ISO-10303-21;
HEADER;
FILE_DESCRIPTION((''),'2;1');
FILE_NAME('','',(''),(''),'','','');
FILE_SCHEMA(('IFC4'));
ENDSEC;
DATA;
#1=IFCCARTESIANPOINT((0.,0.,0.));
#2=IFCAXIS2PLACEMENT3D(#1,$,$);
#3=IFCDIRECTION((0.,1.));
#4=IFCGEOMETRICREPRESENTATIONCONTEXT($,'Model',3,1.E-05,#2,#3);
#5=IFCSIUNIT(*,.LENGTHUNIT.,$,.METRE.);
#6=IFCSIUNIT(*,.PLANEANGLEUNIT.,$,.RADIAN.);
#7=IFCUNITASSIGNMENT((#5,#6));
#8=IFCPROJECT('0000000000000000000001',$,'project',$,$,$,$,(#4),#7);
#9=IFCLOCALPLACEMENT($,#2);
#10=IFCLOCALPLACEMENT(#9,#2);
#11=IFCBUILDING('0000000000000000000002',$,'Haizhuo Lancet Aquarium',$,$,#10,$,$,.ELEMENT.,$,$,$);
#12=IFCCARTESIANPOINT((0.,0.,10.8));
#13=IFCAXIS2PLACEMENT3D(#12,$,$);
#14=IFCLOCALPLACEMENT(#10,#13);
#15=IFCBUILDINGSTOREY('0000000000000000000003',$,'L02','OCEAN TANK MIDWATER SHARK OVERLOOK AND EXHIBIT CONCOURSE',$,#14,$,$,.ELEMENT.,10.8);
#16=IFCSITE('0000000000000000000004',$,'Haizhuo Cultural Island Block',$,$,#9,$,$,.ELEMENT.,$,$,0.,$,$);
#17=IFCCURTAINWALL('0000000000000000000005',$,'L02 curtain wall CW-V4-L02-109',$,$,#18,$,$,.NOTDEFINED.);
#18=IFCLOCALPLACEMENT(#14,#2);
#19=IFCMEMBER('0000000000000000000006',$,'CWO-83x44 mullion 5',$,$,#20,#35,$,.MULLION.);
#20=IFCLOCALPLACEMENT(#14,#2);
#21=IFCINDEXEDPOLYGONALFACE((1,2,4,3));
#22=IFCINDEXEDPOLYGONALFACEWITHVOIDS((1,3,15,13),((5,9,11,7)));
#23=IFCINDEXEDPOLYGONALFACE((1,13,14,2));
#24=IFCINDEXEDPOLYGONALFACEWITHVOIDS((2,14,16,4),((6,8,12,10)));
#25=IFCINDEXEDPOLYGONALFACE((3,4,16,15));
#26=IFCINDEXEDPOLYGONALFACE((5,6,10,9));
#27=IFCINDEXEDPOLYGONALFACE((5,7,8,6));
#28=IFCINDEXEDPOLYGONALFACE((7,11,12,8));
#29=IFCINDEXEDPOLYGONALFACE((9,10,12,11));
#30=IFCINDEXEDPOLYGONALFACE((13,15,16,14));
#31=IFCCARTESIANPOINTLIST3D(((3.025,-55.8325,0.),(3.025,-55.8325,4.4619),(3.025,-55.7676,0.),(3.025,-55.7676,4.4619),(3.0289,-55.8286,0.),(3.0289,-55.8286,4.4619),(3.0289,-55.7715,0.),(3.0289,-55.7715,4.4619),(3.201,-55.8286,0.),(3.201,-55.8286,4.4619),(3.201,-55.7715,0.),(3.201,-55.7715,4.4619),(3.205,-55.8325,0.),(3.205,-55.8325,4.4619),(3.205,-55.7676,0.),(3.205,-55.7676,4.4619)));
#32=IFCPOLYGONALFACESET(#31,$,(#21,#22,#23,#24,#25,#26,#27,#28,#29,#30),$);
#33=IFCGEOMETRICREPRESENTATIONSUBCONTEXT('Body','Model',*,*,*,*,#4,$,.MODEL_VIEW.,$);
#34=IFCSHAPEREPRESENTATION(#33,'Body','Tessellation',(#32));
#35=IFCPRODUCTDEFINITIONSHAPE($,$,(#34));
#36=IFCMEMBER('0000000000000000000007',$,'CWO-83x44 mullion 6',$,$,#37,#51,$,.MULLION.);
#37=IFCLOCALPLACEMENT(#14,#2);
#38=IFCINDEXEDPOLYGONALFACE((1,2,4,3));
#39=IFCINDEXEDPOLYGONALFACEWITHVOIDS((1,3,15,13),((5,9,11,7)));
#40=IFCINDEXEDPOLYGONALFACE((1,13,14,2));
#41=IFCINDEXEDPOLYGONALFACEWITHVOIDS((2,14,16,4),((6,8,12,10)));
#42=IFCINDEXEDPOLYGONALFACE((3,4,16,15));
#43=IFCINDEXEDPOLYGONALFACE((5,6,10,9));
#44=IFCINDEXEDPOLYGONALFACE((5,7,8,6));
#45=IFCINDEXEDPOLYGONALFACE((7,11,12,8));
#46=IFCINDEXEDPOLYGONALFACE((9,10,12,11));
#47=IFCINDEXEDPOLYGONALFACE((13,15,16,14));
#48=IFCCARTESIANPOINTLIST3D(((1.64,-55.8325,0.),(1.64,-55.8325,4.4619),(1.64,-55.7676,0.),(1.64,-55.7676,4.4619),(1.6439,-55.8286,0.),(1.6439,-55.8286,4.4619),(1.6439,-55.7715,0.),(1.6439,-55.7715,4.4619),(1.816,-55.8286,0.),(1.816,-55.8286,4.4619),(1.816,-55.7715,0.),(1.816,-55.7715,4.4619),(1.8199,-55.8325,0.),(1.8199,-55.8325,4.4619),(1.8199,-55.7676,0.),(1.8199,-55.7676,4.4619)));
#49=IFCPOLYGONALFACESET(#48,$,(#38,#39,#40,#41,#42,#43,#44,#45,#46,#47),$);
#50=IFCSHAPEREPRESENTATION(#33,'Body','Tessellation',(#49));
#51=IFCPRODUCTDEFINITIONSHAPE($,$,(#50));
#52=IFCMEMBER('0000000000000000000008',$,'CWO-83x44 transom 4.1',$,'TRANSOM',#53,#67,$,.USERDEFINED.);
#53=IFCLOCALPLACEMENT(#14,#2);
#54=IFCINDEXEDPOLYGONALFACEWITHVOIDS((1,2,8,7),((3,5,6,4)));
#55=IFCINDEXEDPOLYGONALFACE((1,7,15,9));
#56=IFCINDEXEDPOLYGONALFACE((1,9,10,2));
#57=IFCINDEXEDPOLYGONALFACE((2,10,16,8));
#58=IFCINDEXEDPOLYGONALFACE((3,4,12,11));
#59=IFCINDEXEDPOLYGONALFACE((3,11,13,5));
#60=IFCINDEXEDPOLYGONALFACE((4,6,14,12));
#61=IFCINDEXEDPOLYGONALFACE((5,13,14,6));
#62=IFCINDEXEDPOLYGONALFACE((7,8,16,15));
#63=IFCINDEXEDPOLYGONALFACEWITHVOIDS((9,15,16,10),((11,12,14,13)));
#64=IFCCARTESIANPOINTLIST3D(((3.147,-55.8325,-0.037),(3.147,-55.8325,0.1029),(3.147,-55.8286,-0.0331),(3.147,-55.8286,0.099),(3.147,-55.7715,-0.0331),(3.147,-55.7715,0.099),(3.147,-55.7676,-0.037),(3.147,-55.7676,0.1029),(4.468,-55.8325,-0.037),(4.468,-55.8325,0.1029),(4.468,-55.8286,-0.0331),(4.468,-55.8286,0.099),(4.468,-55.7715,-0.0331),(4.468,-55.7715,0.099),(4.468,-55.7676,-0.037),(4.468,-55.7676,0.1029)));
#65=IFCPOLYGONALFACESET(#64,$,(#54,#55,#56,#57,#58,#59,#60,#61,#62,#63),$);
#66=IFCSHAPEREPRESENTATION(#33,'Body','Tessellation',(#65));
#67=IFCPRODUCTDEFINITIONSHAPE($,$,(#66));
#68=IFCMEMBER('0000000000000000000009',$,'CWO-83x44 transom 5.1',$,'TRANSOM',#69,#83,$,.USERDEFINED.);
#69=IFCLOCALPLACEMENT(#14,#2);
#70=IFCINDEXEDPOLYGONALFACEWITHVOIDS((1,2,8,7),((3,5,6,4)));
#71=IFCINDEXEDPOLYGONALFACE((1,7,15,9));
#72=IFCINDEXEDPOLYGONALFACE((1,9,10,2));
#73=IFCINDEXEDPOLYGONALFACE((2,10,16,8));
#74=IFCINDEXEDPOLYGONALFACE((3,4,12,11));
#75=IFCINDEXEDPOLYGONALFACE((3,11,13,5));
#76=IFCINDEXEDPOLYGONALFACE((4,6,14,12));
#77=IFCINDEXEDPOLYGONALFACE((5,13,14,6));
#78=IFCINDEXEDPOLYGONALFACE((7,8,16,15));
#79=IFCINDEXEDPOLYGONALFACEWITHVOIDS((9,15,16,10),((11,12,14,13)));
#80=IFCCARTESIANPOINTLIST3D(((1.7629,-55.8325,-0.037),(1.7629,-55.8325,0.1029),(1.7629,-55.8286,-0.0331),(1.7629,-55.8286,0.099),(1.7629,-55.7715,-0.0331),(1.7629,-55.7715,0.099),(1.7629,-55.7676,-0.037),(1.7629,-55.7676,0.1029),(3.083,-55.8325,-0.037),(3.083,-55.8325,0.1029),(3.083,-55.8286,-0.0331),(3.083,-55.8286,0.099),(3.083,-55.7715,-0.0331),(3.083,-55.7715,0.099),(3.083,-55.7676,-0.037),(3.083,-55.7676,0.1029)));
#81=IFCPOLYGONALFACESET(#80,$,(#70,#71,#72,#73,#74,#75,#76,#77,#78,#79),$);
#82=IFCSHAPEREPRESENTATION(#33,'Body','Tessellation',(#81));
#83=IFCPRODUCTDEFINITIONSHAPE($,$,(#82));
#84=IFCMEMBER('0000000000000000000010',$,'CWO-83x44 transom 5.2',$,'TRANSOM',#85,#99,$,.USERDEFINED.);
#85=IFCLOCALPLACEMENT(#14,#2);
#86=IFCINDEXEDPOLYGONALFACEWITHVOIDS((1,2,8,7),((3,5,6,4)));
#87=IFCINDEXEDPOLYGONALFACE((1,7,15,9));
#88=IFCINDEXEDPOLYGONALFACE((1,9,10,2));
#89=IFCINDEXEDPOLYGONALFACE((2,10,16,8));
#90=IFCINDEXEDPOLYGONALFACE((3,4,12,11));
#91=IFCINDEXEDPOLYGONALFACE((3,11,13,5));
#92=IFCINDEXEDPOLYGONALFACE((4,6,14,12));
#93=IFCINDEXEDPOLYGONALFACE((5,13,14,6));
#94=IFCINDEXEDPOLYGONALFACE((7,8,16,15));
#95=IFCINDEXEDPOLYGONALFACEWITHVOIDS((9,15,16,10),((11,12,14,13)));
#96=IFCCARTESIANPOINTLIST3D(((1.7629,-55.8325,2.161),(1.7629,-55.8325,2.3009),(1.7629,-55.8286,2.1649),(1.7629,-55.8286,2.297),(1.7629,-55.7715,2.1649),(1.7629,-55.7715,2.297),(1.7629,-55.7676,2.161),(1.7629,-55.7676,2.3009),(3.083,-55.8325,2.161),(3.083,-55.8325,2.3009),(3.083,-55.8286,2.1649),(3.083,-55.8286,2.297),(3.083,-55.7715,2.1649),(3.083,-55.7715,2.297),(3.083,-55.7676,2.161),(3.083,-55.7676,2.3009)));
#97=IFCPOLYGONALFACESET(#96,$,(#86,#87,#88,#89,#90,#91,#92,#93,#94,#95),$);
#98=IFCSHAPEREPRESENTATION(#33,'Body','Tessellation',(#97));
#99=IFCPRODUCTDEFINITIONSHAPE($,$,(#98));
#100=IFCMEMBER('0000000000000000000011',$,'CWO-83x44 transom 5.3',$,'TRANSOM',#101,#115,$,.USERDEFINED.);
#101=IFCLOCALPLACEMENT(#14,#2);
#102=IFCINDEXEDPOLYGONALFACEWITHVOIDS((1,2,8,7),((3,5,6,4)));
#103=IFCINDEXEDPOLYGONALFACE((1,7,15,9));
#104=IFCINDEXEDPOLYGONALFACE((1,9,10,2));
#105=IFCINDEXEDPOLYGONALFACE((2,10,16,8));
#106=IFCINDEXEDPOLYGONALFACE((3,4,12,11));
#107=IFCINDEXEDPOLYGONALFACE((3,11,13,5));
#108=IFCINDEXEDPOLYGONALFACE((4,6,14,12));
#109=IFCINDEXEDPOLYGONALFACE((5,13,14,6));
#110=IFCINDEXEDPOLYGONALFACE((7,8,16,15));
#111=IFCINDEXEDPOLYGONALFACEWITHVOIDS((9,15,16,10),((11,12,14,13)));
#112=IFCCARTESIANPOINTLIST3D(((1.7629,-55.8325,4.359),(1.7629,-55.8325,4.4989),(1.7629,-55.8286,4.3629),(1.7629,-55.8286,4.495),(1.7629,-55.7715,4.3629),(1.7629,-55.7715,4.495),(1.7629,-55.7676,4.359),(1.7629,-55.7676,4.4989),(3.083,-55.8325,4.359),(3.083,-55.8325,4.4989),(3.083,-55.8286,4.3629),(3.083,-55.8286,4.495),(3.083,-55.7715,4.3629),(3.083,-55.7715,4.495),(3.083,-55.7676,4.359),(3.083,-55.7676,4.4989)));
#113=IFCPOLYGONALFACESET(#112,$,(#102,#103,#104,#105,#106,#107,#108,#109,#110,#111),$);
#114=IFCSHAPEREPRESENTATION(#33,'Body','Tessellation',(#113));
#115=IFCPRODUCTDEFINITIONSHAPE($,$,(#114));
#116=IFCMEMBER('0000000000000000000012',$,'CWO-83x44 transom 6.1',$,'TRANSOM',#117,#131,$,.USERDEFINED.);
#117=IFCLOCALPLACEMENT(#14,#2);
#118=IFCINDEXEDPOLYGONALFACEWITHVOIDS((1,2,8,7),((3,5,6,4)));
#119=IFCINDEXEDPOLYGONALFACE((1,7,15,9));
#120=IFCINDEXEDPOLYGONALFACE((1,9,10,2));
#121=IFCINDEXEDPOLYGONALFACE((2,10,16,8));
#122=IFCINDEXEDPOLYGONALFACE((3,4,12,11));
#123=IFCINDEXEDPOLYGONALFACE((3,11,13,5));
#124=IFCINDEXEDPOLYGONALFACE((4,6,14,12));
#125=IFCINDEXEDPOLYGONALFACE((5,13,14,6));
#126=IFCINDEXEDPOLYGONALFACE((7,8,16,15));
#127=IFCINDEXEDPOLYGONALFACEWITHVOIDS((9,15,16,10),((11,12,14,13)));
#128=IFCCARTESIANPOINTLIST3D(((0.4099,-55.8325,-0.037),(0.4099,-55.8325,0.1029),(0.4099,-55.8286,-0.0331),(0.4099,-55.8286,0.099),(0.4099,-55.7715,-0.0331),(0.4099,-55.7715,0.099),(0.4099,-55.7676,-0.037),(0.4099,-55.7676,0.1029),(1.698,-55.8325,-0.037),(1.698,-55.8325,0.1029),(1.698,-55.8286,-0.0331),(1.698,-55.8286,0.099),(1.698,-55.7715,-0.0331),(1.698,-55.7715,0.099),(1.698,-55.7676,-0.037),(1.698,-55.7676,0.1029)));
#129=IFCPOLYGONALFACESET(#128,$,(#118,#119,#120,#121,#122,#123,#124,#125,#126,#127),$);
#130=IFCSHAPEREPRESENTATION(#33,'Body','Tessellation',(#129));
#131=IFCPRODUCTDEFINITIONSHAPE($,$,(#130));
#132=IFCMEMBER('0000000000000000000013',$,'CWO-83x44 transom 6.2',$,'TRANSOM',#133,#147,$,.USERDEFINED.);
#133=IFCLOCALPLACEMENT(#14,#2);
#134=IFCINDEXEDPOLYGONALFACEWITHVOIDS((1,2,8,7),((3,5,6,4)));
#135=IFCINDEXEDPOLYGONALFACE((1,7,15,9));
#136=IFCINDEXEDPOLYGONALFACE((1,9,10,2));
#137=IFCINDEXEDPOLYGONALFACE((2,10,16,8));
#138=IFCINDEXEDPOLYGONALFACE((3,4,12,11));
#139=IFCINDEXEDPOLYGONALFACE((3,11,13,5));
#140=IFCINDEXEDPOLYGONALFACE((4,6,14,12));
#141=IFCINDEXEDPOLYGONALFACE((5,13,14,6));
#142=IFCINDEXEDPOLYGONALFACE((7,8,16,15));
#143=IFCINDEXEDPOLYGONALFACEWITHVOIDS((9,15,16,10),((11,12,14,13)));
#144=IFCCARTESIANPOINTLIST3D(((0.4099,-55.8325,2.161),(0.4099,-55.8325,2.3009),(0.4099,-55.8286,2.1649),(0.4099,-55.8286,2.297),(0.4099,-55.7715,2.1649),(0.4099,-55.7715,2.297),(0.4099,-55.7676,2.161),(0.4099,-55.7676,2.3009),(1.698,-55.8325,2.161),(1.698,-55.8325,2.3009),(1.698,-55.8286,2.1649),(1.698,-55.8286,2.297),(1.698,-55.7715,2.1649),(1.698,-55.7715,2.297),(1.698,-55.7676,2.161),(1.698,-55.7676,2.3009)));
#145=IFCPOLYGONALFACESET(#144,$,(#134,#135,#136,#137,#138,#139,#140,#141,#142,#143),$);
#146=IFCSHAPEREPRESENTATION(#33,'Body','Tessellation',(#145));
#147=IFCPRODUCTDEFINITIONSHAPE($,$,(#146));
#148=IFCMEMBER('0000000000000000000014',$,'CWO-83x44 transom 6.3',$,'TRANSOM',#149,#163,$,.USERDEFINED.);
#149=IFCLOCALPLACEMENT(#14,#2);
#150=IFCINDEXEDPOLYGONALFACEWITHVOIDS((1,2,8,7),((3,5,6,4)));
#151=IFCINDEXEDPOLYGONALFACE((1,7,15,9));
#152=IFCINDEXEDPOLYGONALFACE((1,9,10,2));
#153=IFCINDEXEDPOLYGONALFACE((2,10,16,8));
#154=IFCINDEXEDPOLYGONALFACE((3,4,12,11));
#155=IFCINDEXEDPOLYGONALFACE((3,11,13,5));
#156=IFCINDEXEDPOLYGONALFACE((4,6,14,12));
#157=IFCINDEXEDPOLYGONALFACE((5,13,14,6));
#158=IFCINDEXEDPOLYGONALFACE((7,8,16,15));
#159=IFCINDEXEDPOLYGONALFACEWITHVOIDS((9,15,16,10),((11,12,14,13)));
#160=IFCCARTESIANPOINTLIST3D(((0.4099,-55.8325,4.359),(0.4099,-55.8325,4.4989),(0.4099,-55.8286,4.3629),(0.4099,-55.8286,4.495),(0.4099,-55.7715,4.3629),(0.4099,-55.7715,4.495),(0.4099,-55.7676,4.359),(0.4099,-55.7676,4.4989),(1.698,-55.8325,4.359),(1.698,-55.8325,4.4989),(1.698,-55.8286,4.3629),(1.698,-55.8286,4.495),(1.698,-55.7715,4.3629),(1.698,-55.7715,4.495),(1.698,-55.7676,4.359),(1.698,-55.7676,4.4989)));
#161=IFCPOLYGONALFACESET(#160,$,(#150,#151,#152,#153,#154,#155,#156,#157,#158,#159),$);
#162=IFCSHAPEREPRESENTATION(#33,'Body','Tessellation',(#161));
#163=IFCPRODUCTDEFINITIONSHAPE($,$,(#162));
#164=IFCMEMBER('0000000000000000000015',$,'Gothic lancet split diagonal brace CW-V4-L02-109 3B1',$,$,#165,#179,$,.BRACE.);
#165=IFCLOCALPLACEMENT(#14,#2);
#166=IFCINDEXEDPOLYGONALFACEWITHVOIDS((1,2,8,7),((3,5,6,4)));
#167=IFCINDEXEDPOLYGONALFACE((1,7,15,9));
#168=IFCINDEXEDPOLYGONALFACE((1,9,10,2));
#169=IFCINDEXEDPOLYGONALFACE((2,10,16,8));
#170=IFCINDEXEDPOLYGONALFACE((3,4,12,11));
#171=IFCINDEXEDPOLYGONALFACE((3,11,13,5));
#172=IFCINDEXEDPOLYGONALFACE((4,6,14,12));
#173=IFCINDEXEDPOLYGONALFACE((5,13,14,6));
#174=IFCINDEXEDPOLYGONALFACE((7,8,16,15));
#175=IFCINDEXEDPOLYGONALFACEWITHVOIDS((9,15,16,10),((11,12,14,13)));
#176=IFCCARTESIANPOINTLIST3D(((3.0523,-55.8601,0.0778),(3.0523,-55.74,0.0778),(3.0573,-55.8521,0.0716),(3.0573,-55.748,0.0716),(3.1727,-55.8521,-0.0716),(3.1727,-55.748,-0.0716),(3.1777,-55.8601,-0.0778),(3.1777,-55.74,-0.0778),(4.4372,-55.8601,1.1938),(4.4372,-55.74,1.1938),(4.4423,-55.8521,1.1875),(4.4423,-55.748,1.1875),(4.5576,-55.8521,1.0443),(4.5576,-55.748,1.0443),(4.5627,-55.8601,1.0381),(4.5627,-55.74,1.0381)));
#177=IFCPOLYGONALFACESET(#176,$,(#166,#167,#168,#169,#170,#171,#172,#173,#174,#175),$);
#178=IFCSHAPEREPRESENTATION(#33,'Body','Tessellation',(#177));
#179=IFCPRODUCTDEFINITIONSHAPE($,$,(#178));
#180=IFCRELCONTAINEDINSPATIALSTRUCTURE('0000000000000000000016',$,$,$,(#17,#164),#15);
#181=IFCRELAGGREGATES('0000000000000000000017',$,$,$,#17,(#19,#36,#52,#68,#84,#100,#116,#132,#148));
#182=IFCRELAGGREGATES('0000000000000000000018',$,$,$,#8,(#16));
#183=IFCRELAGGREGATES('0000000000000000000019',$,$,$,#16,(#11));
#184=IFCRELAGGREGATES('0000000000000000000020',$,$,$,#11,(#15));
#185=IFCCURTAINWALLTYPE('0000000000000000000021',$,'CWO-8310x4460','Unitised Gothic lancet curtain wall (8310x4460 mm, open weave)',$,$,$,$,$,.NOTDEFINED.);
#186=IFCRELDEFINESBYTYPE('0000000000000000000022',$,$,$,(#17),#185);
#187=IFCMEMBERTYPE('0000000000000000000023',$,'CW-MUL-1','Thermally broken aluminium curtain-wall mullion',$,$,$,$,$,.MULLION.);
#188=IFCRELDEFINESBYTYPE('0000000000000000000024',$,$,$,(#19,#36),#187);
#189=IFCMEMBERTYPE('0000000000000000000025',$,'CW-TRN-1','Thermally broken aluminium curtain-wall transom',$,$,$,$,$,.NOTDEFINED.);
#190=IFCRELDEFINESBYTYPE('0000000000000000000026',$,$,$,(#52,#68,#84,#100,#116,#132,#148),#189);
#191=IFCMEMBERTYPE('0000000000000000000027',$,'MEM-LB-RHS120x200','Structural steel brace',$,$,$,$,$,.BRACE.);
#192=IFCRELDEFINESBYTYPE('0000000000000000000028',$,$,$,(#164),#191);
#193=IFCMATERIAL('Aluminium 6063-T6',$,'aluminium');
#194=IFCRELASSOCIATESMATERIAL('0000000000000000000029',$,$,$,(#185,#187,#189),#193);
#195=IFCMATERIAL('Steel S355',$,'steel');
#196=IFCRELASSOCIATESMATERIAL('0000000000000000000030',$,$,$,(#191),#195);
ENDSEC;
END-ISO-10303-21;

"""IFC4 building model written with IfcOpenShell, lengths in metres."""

from ifc_helpers import new_model, si_unit, direction, frame, origin, origin_2d, place, context, subcontext, project, spatial, hollow_rectangle, extrude, material, material_profile, profile_set, type_object, element, aggregate, save


model = new_model("IFC4")

# Units and contexts
model_context = context("Model", 3, precision=1e-05, world=origin(), true_north=direction((0.0, 1.0)))
body_context = subcontext(model_context, "Body", "Model", "MODEL_VIEW")
ifc_project = project(units=[si_unit("LENGTHUNIT", "METRE"), si_unit("PLANEANGLEUNIT", "RADIAN")], contexts=[model_context])

# Site, building, storey
site_placement = place(None, origin())
site = spatial("IfcSite", under=ifc_project, at=site_placement, Name="Haizhuo Cultural Island Block", CompositionType="ELEMENT", RefElevation=0.0)
building_placement = place(site_placement, origin())
building = spatial("IfcBuilding", under=site, at=building_placement, Name="Haizhuo Lancet Aquarium", CompositionType="ELEMENT")
storey_placement = place(building_placement, frame((0.0, 0.0, 10.8)))
storey = spatial("IfcBuildingStorey", under=building, at=storey_placement, Name="L02", Description="OCEAN TANK MIDWATER SHARK OVERLOOK AND EXHIBIT CONCOURSE", CompositionType="ELEMENT", Elevation=10.8)

# Curtain wall, members
ifc_material_1 = material(Name="Aluminium 6063-T6", Category="aluminium")
curtain_wall_type = type_object("IfcCurtainWallType", Name="CWO-8310x4460", Description="Unitised Gothic lancet curtain wall (8310x4460 mm, open weave)", PredefinedType="NOTDEFINED", material=ifc_material_1)
curtain_wall_placement = place(storey_placement, origin())
curtain_wall = element("IfcCurtainWall", 1, at=curtain_wall_placement, inside=storey, type_object=curtain_wall_type, Name="L02 curtain wall CW-V4-L02-109", PredefinedType="NOTDEFINED")
ifc_material_profile_1 = material_profile(ifc_material_1, hollow_rectangle(XDim=0.0649, YDim=0.1799, WallThickness=0.0039, at=origin_2d()), Name="ALU-M 65x180x4")
ifc_profile_set_1 = profile_set([ifc_material_profile_1], Name="Aluminium 6063-T6")
member_type_1 = type_object("IfcMemberType", Name="CW-MUL-1", Description="Thermally broken aluminium curtain-wall mullion", PredefinedType="MULLION", material=ifc_profile_set_1)
member_1_placement = place(storey_placement, frame((3.115, -55.8, 0.0), z_axis=(0.0, 0.0, 1.0), x_axis=(0.0, -1.0, 0.0)))
member_1 = element("IfcMember", 2, at=member_1_placement, type_object=member_type_1, Name="CWO-83x44 mullion 5", PredefinedType="MULLION", context=body_context, shape_type="SweptSolid", body=[
    extrude(hollow_rectangle(XDim=0.0649, YDim=0.1799, WallThickness=0.0039, at=origin_2d()), origin(), (0.0, 0.0, 1.0), 4.4619),
])
member_2_placement = place(storey_placement, frame((1.73, -55.8, 0.0), z_axis=(0.0, 0.0, 1.0), x_axis=(0.0, -1.0, 0.0)))
member_2 = element("IfcMember", 3, at=member_2_placement, type_object=member_type_1, Name="CWO-83x44 mullion 6", PredefinedType="MULLION", context=body_context, shape_type="SweptSolid", body=[
    extrude(hollow_rectangle(XDim=0.0649, YDim=0.1799, WallThickness=0.0039, at=origin_2d()), origin(), (0.0, 0.0, 1.0), 4.4619),
])
ifc_material_profile_2 = material_profile(ifc_material_1, hollow_rectangle(XDim=0.0649, YDim=0.1399, WallThickness=0.0039, at=origin_2d()), Name="ALU-T 65x140x4")
ifc_profile_set_2 = profile_set([ifc_material_profile_2], Name="Aluminium 6063-T6")
member_type_2 = type_object("IfcMemberType", Name="CW-TRN-1", Description="Thermally broken aluminium curtain-wall transom", PredefinedType="NOTDEFINED", material=ifc_profile_set_2)
member_3_placement = place(storey_placement, frame((4.468, -55.8, 0.033), z_axis=(-1.0, 0.0, 0.0), x_axis=(0.0, -1.0, 0.0)))
member_3 = element("IfcMember", 4, at=member_3_placement, type_object=member_type_2, Name="CWO-83x44 transom 4.1", ObjectType="TRANSOM", PredefinedType="USERDEFINED", context=body_context, shape_type="SweptSolid", body=[
    extrude(hollow_rectangle(XDim=0.0649, YDim=0.1399, WallThickness=0.0039, at=origin_2d()), origin(), (0.0, 0.0, 1.0), 1.321),
])
member_4_placement = place(storey_placement, frame((3.083, -55.8, 0.033), z_axis=(-1.0, 0.0, 0.0), x_axis=(0.0, -1.0, 0.0)))
member_4 = element("IfcMember", 5, at=member_4_placement, type_object=member_type_2, Name="CWO-83x44 transom 5.1", ObjectType="TRANSOM", PredefinedType="USERDEFINED", context=body_context, shape_type="SweptSolid", body=[
    extrude(hollow_rectangle(XDim=0.0649, YDim=0.1399, WallThickness=0.0039, at=origin_2d()), origin(), (0.0, 0.0, 1.0), 1.3201),
])
member_5_placement = place(storey_placement, frame((3.083, -55.8, 2.231), z_axis=(-1.0, 0.0, 0.0), x_axis=(0.0, -1.0, 0.0)))
member_5 = element("IfcMember", 6, at=member_5_placement, type_object=member_type_2, Name="CWO-83x44 transom 5.2", ObjectType="TRANSOM", PredefinedType="USERDEFINED", context=body_context, shape_type="SweptSolid", body=[
    extrude(hollow_rectangle(XDim=0.0649, YDim=0.1399, WallThickness=0.0039, at=origin_2d()), origin(), (0.0, 0.0, 1.0), 1.3201),
])
member_6_placement = place(storey_placement, frame((3.083, -55.8, 4.429), z_axis=(-1.0, 0.0, 0.0), x_axis=(0.0, -1.0, 0.0)))
member_6 = element("IfcMember", 7, at=member_6_placement, type_object=member_type_2, Name="CWO-83x44 transom 5.3", ObjectType="TRANSOM", PredefinedType="USERDEFINED", context=body_context, shape_type="SweptSolid", body=[
    extrude(hollow_rectangle(XDim=0.0649, YDim=0.1399, WallThickness=0.0039, at=origin_2d()), origin(), (0.0, 0.0, 1.0), 1.3201),
])
member_7_placement = place(storey_placement, frame((1.698, -55.8, 0.033), z_axis=(-1.0, 0.0, 0.0), x_axis=(0.0, -1.0, 0.0)))
member_7 = element("IfcMember", 8, at=member_7_placement, type_object=member_type_2, Name="CWO-83x44 transom 6.1", ObjectType="TRANSOM", PredefinedType="USERDEFINED", context=body_context, shape_type="SweptSolid", body=[
    extrude(hollow_rectangle(XDim=0.0649, YDim=0.1399, WallThickness=0.0039, at=origin_2d()), origin(), (0.0, 0.0, 1.0), 1.2881),
])
member_8_placement = place(storey_placement, frame((1.698, -55.8, 2.231), z_axis=(-1.0, 0.0, 0.0), x_axis=(0.0, -1.0, 0.0)))
member_8 = element("IfcMember", 9, at=member_8_placement, type_object=member_type_2, Name="CWO-83x44 transom 6.2", ObjectType="TRANSOM", PredefinedType="USERDEFINED", context=body_context, shape_type="SweptSolid", body=[
    extrude(hollow_rectangle(XDim=0.0649, YDim=0.1399, WallThickness=0.0039, at=origin_2d()), origin(), (0.0, 0.0, 1.0), 1.2881),
])
member_9_placement = place(storey_placement, frame((1.698, -55.8, 4.429), z_axis=(-1.0, 0.0, 0.0), x_axis=(0.0, -1.0, 0.0)))
member_9 = element("IfcMember", 10, at=member_9_placement, type_object=member_type_2, Name="CWO-83x44 transom 6.3", ObjectType="TRANSOM", PredefinedType="USERDEFINED", context=body_context, shape_type="SweptSolid", body=[
    extrude(hollow_rectangle(XDim=0.0649, YDim=0.1399, WallThickness=0.0039, at=origin_2d()), origin(), (0.0, 0.0, 1.0), 1.2881),
])

# Member
ifc_material_2 = material(Name="Steel S355", Category="steel")
ifc_material_profile_3 = material_profile(ifc_material_2, hollow_rectangle(XDim=0.1201, YDim=0.2, WallThickness=0.0081, at=origin_2d()), Name="RHS 120x200x8")
ifc_profile_set_3 = profile_set([ifc_material_profile_3], Name="Steel S355")
member_type_3 = type_object("IfcMemberType", Name="MEM-LB-RHS120x200", Description="Structural steel brace", PredefinedType="BRACE", material=ifc_profile_set_3)
member_10_placement = place(storey_placement, frame((3.115, -55.8, 0.0), z_axis=(0.778681, 0.0, 0.62742), x_axis=(0.0, 1.0, 0.0)))
element("IfcMember", 11, at=member_10_placement, inside=storey, type_object=member_type_3, Name="Gothic lancet split diagonal brace CW-V4-L02-109 3B1", PredefinedType="BRACE", context=body_context, shape_type="SweptSolid", body=[
    extrude(hollow_rectangle(XDim=0.1201, YDim=0.2, WallThickness=0.0081, at=origin_2d()), origin(), (0.0, 0.0, 1.0), 1.7786),
])

aggregate(curtain_wall, [member_1, member_2, member_3, member_4, member_5, member_6, member_7, member_8, member_9])

save(model, "model.ifc")
